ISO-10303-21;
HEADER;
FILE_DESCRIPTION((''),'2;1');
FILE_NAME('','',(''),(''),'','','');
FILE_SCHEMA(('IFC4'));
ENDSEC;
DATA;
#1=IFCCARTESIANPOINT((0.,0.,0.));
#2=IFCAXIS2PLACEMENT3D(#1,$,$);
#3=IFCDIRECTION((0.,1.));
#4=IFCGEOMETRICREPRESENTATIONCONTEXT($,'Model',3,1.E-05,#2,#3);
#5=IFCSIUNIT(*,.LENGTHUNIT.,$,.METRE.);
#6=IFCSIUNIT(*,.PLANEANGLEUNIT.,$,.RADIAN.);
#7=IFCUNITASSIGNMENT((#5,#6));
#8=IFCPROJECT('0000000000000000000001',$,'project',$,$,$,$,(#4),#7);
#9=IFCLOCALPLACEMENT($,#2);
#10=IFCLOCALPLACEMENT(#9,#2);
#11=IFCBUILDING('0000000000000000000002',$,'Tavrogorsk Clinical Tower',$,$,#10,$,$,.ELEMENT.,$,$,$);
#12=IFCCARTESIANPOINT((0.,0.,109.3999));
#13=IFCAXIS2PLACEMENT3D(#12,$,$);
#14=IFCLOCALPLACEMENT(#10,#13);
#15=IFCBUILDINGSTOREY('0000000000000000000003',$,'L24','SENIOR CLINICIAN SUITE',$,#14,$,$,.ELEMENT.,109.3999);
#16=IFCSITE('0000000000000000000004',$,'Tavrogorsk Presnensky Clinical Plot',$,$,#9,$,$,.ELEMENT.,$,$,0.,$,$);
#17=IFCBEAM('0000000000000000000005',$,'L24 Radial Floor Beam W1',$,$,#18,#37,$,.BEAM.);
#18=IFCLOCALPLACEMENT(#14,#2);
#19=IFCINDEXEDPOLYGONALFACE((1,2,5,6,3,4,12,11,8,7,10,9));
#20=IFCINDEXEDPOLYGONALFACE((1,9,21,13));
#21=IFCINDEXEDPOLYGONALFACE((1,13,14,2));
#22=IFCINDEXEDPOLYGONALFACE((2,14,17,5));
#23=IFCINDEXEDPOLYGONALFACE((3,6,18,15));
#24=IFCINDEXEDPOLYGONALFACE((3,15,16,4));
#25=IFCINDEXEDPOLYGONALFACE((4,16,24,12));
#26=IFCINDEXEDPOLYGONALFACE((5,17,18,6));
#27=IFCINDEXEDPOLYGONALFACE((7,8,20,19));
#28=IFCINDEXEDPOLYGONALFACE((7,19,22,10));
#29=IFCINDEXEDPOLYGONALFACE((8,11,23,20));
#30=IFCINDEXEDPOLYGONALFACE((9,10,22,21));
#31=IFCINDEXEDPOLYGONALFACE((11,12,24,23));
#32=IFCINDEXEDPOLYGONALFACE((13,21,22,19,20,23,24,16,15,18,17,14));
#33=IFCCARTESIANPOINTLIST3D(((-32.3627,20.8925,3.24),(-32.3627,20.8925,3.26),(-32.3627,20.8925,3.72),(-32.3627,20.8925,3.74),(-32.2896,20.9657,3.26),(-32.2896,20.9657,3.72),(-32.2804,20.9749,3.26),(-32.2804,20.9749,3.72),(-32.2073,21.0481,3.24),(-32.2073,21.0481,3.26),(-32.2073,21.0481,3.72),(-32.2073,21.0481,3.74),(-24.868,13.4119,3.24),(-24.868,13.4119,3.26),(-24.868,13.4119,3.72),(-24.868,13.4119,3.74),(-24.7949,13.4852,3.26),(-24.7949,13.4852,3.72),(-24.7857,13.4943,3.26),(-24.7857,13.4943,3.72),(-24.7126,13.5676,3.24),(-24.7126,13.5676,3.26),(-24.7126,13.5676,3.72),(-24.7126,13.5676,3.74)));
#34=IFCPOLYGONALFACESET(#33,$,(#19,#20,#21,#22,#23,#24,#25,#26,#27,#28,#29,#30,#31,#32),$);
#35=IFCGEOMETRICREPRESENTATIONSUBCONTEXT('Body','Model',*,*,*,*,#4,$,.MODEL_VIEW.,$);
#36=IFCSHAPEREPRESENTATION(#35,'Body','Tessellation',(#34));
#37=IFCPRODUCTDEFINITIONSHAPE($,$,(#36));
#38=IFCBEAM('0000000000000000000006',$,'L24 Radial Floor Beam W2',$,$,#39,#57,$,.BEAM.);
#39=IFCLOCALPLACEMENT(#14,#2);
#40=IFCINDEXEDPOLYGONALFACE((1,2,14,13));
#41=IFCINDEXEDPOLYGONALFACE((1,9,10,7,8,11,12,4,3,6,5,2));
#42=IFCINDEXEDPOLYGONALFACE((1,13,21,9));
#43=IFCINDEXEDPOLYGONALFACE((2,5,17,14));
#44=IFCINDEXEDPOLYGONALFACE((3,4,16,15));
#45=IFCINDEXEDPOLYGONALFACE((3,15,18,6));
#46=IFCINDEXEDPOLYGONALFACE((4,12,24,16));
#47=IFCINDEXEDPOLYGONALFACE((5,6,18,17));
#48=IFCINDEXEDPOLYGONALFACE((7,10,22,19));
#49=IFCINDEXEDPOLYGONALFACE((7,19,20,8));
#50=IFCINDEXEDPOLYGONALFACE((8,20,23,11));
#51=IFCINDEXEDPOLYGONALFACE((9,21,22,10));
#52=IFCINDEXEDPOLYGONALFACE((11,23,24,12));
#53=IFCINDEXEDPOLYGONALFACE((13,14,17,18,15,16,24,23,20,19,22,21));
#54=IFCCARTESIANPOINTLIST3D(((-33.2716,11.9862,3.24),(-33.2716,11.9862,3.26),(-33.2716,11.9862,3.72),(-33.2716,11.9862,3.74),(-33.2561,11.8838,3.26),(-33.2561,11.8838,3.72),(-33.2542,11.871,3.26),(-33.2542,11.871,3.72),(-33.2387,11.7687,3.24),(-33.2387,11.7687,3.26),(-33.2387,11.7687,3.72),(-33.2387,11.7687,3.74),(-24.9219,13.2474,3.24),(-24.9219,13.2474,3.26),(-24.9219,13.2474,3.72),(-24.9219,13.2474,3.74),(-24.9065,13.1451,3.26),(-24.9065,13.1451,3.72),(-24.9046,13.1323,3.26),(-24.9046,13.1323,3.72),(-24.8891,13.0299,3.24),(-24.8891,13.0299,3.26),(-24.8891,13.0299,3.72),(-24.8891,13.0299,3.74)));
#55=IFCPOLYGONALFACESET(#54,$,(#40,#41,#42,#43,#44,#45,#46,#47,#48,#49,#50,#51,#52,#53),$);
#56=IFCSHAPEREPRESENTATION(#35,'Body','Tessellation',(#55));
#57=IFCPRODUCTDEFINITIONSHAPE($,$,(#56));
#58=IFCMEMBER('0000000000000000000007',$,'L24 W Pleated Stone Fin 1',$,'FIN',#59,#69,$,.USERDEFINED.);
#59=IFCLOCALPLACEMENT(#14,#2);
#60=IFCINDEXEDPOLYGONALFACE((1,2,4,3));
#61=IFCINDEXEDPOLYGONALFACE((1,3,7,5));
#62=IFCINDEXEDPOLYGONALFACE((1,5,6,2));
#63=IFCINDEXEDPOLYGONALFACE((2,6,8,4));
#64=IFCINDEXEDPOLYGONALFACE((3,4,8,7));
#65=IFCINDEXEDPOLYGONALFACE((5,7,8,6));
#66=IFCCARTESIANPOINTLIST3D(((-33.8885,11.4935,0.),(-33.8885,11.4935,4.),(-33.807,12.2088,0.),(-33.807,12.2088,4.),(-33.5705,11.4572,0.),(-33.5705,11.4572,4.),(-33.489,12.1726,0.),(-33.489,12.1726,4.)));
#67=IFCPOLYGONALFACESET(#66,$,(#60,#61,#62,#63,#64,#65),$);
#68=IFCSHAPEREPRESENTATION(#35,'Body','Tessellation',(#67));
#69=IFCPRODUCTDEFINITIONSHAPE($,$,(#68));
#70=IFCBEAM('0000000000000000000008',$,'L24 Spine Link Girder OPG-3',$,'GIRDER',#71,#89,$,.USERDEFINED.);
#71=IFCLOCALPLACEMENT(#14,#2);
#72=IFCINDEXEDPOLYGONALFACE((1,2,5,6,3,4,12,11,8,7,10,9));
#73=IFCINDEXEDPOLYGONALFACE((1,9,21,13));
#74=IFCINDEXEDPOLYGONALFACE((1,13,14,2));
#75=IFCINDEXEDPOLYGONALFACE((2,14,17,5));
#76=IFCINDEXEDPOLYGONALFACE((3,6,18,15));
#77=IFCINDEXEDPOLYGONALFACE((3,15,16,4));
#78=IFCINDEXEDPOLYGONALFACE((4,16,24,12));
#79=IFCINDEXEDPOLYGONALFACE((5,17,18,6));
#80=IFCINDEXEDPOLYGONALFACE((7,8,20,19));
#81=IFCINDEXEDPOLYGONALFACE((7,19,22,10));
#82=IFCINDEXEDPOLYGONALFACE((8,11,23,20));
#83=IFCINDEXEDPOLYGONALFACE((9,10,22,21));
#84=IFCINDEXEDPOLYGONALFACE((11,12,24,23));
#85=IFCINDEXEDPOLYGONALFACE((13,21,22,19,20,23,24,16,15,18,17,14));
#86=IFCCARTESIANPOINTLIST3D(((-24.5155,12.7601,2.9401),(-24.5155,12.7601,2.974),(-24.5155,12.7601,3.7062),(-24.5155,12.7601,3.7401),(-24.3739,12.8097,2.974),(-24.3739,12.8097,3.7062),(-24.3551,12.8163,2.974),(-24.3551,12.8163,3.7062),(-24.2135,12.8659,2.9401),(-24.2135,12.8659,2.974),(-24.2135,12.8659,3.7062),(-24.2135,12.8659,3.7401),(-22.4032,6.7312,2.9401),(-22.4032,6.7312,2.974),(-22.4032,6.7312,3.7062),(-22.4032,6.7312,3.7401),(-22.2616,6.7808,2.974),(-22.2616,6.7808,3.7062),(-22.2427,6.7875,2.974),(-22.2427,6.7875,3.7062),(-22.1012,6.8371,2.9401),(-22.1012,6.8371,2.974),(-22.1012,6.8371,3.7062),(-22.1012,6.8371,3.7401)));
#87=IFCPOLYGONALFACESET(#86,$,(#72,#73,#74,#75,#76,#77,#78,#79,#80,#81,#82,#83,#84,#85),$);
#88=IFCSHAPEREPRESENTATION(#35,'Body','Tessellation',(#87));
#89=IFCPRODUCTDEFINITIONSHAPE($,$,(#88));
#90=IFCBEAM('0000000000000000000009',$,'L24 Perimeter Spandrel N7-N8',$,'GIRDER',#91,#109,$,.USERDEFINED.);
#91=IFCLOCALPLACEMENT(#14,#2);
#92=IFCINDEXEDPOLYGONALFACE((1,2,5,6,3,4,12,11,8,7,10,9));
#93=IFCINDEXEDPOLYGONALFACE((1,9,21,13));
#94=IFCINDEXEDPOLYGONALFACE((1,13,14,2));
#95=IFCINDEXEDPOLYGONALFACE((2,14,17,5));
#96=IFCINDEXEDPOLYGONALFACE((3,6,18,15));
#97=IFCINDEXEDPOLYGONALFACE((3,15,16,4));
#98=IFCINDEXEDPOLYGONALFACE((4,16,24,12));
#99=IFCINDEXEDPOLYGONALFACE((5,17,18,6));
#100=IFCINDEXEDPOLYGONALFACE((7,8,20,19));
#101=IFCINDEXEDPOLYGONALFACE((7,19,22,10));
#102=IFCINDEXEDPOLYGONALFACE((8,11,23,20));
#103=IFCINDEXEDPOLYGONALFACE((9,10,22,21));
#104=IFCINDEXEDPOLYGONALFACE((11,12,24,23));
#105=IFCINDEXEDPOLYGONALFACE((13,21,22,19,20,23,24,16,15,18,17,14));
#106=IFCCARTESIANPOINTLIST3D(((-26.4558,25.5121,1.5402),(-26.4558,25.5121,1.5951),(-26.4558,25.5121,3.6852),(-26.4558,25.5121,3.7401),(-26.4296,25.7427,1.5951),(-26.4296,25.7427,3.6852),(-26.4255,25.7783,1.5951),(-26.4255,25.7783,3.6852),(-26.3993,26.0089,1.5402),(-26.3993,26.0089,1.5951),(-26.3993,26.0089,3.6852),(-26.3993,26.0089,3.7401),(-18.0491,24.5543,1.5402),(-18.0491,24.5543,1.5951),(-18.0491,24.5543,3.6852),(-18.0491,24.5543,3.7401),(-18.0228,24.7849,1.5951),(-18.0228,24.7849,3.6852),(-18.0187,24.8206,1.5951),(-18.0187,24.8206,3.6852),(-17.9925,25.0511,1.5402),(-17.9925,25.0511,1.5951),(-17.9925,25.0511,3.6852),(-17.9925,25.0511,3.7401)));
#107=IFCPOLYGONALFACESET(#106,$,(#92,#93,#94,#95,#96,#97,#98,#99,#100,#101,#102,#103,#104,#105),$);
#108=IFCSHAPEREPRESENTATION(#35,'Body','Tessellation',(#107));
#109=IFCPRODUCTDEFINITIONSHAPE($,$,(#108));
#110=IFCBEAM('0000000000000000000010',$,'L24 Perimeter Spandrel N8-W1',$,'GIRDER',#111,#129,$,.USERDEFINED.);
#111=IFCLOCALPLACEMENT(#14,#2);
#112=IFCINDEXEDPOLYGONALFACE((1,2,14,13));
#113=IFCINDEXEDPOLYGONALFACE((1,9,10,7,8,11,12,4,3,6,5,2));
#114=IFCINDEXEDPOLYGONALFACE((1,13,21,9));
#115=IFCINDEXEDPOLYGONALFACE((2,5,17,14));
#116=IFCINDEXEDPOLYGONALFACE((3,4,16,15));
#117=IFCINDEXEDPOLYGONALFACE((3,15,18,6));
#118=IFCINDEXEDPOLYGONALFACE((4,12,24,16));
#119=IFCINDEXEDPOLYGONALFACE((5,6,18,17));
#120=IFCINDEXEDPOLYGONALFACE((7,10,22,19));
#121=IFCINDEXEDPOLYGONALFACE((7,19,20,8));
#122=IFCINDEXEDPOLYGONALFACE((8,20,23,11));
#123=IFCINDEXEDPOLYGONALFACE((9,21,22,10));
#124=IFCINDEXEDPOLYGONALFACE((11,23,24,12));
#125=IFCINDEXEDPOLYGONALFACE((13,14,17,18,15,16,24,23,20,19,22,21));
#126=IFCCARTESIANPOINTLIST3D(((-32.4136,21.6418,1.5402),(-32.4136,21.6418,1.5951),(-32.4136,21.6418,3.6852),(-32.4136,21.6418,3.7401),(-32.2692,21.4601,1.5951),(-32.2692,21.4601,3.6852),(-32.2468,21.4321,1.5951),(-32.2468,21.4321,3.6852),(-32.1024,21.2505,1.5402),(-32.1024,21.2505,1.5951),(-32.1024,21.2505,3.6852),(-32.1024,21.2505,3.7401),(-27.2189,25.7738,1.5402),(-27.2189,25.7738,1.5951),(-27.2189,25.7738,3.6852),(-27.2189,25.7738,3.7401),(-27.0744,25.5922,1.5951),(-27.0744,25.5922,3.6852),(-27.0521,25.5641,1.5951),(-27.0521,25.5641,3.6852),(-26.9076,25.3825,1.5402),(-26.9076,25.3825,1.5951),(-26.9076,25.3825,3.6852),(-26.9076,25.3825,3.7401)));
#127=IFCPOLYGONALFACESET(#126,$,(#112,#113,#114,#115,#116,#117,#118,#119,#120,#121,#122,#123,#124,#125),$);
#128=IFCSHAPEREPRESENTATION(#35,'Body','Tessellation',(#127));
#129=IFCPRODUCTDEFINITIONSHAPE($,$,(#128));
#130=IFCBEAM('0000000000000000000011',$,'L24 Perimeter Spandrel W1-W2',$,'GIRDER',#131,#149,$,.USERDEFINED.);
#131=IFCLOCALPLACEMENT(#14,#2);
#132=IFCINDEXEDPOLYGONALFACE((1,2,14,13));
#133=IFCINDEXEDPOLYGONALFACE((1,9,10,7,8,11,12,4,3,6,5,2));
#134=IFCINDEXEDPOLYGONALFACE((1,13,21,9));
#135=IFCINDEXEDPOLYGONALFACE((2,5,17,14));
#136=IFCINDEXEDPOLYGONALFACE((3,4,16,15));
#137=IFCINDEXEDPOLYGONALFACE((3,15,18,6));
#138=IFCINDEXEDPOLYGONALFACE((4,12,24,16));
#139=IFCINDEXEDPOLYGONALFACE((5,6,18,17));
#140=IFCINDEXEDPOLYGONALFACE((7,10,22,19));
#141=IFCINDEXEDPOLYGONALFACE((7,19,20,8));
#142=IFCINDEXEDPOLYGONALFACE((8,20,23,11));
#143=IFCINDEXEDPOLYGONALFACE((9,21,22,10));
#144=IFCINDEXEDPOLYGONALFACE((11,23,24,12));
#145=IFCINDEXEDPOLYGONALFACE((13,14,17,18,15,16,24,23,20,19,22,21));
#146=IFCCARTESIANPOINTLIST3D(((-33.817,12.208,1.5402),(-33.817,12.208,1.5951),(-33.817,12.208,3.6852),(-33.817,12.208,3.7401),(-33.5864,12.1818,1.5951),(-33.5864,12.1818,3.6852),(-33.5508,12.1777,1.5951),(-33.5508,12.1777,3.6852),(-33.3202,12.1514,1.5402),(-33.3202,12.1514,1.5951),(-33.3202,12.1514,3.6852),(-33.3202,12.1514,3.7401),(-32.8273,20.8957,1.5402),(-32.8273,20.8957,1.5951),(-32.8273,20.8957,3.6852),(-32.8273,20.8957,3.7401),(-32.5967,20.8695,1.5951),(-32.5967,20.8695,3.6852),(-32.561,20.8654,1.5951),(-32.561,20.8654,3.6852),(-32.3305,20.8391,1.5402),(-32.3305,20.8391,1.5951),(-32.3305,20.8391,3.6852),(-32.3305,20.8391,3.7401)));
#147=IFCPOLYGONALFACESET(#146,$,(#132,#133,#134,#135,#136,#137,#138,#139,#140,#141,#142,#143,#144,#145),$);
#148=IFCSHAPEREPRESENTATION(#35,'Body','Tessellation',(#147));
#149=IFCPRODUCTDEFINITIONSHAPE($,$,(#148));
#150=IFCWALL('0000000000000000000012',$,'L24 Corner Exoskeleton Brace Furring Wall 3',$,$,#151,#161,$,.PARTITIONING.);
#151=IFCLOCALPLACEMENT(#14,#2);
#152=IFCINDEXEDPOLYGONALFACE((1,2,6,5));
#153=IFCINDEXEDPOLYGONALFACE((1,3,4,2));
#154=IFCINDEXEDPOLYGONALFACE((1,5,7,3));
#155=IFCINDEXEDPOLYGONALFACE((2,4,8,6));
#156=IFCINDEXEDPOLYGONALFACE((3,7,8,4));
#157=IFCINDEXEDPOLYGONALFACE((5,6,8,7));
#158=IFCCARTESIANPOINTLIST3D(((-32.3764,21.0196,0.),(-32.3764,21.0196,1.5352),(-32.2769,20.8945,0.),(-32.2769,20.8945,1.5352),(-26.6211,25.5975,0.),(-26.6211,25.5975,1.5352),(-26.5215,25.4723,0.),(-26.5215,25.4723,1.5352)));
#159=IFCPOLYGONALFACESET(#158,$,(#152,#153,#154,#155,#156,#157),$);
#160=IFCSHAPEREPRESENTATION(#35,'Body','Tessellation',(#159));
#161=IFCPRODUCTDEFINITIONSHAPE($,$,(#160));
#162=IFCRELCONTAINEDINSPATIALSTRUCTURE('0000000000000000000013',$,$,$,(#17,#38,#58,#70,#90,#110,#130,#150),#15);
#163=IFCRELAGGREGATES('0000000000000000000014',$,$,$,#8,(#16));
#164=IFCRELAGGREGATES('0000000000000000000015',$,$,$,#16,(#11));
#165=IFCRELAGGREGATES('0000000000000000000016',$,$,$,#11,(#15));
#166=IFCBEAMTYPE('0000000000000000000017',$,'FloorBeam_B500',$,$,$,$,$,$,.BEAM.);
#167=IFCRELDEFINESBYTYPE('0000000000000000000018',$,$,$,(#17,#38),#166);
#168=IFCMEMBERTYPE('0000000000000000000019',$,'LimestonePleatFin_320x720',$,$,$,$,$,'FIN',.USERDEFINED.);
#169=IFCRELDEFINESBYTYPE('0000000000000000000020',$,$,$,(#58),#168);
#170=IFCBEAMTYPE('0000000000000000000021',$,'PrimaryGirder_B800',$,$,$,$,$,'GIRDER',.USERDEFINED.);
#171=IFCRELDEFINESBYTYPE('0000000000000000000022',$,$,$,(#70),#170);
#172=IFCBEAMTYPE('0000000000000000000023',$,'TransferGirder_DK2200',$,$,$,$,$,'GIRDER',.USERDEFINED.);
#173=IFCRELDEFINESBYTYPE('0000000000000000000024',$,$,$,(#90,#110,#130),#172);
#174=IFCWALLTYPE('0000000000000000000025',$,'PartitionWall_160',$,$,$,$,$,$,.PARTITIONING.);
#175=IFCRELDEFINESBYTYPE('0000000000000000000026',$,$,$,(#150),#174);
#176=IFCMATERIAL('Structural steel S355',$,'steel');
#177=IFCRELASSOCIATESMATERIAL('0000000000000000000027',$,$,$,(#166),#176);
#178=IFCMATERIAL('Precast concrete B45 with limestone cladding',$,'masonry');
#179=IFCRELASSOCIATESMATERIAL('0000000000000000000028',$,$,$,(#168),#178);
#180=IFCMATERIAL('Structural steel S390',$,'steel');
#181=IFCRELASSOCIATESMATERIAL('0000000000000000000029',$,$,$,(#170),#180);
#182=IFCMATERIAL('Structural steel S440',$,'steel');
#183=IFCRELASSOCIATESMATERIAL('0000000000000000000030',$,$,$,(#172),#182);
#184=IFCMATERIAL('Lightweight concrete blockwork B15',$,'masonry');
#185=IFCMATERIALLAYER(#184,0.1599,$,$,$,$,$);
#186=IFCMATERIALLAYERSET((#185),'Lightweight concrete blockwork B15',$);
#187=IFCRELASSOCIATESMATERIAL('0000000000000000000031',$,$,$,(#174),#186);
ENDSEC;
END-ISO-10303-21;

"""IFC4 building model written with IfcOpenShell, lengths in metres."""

from ifc_helpers import new_model, si_unit, direction, frame, frame_2d, origin, origin_2d, place, context, subcontext, project, spatial, rectangle, i_section, extrude, material, layer, layer_set, material_profile, profile_set, type_object, element, save


model = new_model("IFC4")

# Units and contexts
model_context = context("Model", 3, precision=1e-05, world=origin(), true_north=direction((0.0, 1.0)))
body_context = subcontext(model_context, "Body", "Model", "MODEL_VIEW")
ifc_project = project(units=[si_unit("LENGTHUNIT", "METRE"), si_unit("PLANEANGLEUNIT", "RADIAN")], contexts=[model_context])

# Site, building, storey
site_placement = place(None, origin())
site = spatial("IfcSite", under=ifc_project, at=site_placement, Name="Tavrogorsk Presnensky Clinical Plot", CompositionType="ELEMENT", RefElevation=0.0)
building_placement = place(site_placement, origin())
building = spatial("IfcBuilding", under=site, at=building_placement, Name="Tavrogorsk Clinical Tower", CompositionType="ELEMENT")
storey_placement = place(building_placement, frame((0.0, 0.0, 109.3999)))
storey = spatial("IfcBuildingStorey", under=building, at=storey_placement, Name="L24", Description="SENIOR CLINICIAN SUITE", CompositionType="ELEMENT", Elevation=109.3999)

# Beams
ifc_material_1 = material(Name="Structural steel S355", Category="steel")
ifc_material_profile_1 = material_profile(ifc_material_1, i_section(OverallWidth=0.22, OverallDepth=0.5, WebThickness=0.0129, FlangeThickness=0.02, at=origin_2d()), Name="B-500x220x13x20")
ifc_profile_set_1 = profile_set([ifc_material_profile_1], Name="Structural steel S355")
beam_type_1 = type_object("IfcBeamType", Name="FloorBeam_B500", PredefinedType="BEAM", material=ifc_profile_set_1)
beam_1_placement = place(storey_placement, frame((-24.7903, 13.4897, 3.49), z_axis=(-0.707775, 0.706438, 0.0), x_axis=(-0.706438, -0.707775, 0.0)))
element("IfcBeam", 1, at=beam_1_placement, inside=storey, type_object=beam_type_1, Name="L24 Radial Floor Beam W1", PredefinedType="BEAM", context=body_context, shape_type="SweptSolid", body=[
    extrude(i_section(OverallWidth=0.22, OverallDepth=0.5, WebThickness=0.0129, FlangeThickness=0.02, at=origin_2d()), origin(), (0.0, 0.0, 1.0), 10.5891),
])
beam_2_placement = place(storey_placement, frame((-24.9055, 13.1387, 3.49), z_axis=(-0.988783, -0.149358, 0.0), x_axis=(0.149358, -0.988783, 0.0)))
element("IfcBeam", 2, at=beam_2_placement, inside=storey, type_object=beam_type_1, Name="L24 Radial Floor Beam W2", PredefinedType="BEAM", context=body_context, shape_type="SweptSolid", body=[
    extrude(i_section(OverallWidth=0.22, OverallDepth=0.5, WebThickness=0.0129, FlangeThickness=0.02, at=origin_2d()), origin(), (0.0, 0.0, 1.0), 8.4443),
])

# Member
ifc_material_2 = material(Name="Precast concrete B45 with limestone cladding", Category="masonry")
ifc_material_profile_2 = material_profile(ifc_material_2, rectangle(XDim=0.3201, YDim=0.72, at=origin_2d()), Name="LIMESTONE-FIN-320x720")
ifc_profile_set_2 = profile_set([ifc_material_profile_2], Name="Precast concrete B45 with limestone cladding")
member_type_1 = type_object("IfcMemberType", Name="LimestonePleatFin_320x720", ElementType="FIN", PredefinedType="USERDEFINED", material=ifc_profile_set_2)
member_1_placement = place(storey_placement, frame((-33.6887, 11.833, 0.0), z_axis=(0.0, 0.0, 1.0), x_axis=(0.993572, -0.113203, 0.0)))
element("IfcMember", 3, at=member_1_placement, inside=storey, type_object=member_type_1, Name="L24 W Pleated Stone Fin 1", ObjectType="FIN", PredefinedType="USERDEFINED", context=body_context, shape_type="SweptSolid", body=[
    extrude(rectangle(XDim=0.3201, YDim=0.72, at=origin_2d()), origin(), (0.0, 0.0, 1.0), 4.0),
])

# Beams
ifc_material_3 = material(Name="Structural steel S390", Category="steel")
ifc_material_profile_3 = material_profile(ifc_material_3, i_section(OverallWidth=0.3201, OverallDepth=0.8, WebThickness=0.02, FlangeThickness=0.0339, at=origin_2d()), Name="B-800x320x20x34")
ifc_profile_set_3 = profile_set([ifc_material_profile_3], Name="Structural steel S390")
beam_type_2 = type_object("IfcBeamType", Name="PrimaryGirder_B800", ElementType="GIRDER", PredefinedType="USERDEFINED", material=ifc_profile_set_3)
beam_3_placement = place(storey_placement, frame((-24.3645, 12.813, 3.3401), z_axis=(0.33066, -0.94375, 0.0), x_axis=(0.94375, 0.33066, 0.0)))
element("IfcBeam", 4, at=beam_3_placement, inside=storey, type_object=beam_type_2, Name="L24 Spine Link Girder OPG-3", ObjectType="GIRDER", PredefinedType="USERDEFINED", context=body_context, shape_type="SweptSolid", body=[
    extrude(i_section(OverallWidth=0.3201, OverallDepth=0.8, WebThickness=0.02, FlangeThickness=0.0339, at=origin_2d()), origin(), (0.0, 0.0, 1.0), 6.3882),
])
ifc_material_4 = material(Name="Structural steel S440", Category="steel")
ifc_material_profile_4 = material_profile(ifc_material_4, i_section(OverallWidth=0.5, OverallDepth=2.2, WebThickness=0.0359, FlangeThickness=0.0549, at=origin_2d()), Name="DK-2200x500x36x55")
ifc_profile_set_4 = profile_set([ifc_material_profile_4], Name="Structural steel S440")
beam_type_3 = type_object("IfcBeamType", Name="TransferGirder_DK2200", ElementType="GIRDER", PredefinedType="USERDEFINED", material=ifc_profile_set_4)
beam_4_placement = place(storey_placement, frame((-18.0208, 24.8027, 2.6401), z_axis=(-0.993573, 0.113196, 0.0), x_axis=(-0.113196, -0.993573, 0.0)))
element("IfcBeam", 5, at=beam_4_placement, inside=storey, type_object=beam_type_3, Name="L24 Perimeter Spandrel N7-N8", ObjectType="GIRDER", PredefinedType="USERDEFINED", context=body_context, shape_type="SweptSolid", body=[
    extrude(i_section(OverallWidth=0.5, OverallDepth=2.2, WebThickness=0.0359, FlangeThickness=0.0549, at=origin_2d()), origin(), (0.0, 0.0, 1.0), 8.4612),
])
beam_5_placement = place(storey_placement, frame((-27.0632, 25.5781, 2.6401), z_axis=(-0.782613, -0.622508, 0.0), x_axis=(0.622508, -0.782613, 0.0)))
element("IfcBeam", 6, at=beam_5_placement, inside=storey, type_object=beam_type_3, Name="L24 Perimeter Spandrel N8-W1", ObjectType="GIRDER", PredefinedType="USERDEFINED", context=body_context, shape_type="SweptSolid", body=[
    extrude(i_section(OverallWidth=0.5, OverallDepth=2.2, WebThickness=0.0359, FlangeThickness=0.0549, at=origin_2d()), origin(), (0.0, 0.0, 1.0), 6.6377),
])
beam_6_placement = place(storey_placement, frame((-32.5789, 20.8674, 2.6401), z_axis=(-0.113192, -0.993573, 0.0), x_axis=(0.993573, -0.113192, 0.0)))
element("IfcBeam", 7, at=beam_6_placement, inside=storey, type_object=beam_type_3, Name="L24 Perimeter Spandrel W1-W2", ObjectType="GIRDER", PredefinedType="USERDEFINED", context=body_context, shape_type="SweptSolid", body=[
    extrude(i_section(OverallWidth=0.5, OverallDepth=2.2, WebThickness=0.0359, FlangeThickness=0.0549, at=origin_2d()), origin(), (0.0, 0.0, 1.0), 8.7439),
])

# Wall
ifc_material_5 = material(Name="Lightweight concrete blockwork B15", Category="masonry")
ifc_layer_1 = layer(ifc_material_5, 0.1599)
ifc_layer_set_1 = layer_set([ifc_layer_1], Name="Lightweight concrete blockwork B15")
wall_type_1 = type_object("IfcWallType", Name="PartitionWall_160", PredefinedType="PARTITIONING", material=ifc_layer_set_1)
wall_1_placement = place(storey_placement, frame((-26.5713, 25.5349, 0.0), z_axis=(0.0, 0.0, 1.0), x_axis=(-0.782618, -0.622502, 0.0)))
element("IfcWall", 8, at=wall_1_placement, inside=storey, type_object=wall_type_1, Name="L24 Corner Exoskeleton Brace Furring Wall 3", PredefinedType="PARTITIONING", context=body_context, shape_type="SweptSolid", body=[
    extrude(rectangle(XDim=7.354, YDim=0.1599, at=frame_2d((3.677, 0.0))), origin(), (0.0, 0.0, 1.0), 1.5352),
])

save(model, "model.ifc")
